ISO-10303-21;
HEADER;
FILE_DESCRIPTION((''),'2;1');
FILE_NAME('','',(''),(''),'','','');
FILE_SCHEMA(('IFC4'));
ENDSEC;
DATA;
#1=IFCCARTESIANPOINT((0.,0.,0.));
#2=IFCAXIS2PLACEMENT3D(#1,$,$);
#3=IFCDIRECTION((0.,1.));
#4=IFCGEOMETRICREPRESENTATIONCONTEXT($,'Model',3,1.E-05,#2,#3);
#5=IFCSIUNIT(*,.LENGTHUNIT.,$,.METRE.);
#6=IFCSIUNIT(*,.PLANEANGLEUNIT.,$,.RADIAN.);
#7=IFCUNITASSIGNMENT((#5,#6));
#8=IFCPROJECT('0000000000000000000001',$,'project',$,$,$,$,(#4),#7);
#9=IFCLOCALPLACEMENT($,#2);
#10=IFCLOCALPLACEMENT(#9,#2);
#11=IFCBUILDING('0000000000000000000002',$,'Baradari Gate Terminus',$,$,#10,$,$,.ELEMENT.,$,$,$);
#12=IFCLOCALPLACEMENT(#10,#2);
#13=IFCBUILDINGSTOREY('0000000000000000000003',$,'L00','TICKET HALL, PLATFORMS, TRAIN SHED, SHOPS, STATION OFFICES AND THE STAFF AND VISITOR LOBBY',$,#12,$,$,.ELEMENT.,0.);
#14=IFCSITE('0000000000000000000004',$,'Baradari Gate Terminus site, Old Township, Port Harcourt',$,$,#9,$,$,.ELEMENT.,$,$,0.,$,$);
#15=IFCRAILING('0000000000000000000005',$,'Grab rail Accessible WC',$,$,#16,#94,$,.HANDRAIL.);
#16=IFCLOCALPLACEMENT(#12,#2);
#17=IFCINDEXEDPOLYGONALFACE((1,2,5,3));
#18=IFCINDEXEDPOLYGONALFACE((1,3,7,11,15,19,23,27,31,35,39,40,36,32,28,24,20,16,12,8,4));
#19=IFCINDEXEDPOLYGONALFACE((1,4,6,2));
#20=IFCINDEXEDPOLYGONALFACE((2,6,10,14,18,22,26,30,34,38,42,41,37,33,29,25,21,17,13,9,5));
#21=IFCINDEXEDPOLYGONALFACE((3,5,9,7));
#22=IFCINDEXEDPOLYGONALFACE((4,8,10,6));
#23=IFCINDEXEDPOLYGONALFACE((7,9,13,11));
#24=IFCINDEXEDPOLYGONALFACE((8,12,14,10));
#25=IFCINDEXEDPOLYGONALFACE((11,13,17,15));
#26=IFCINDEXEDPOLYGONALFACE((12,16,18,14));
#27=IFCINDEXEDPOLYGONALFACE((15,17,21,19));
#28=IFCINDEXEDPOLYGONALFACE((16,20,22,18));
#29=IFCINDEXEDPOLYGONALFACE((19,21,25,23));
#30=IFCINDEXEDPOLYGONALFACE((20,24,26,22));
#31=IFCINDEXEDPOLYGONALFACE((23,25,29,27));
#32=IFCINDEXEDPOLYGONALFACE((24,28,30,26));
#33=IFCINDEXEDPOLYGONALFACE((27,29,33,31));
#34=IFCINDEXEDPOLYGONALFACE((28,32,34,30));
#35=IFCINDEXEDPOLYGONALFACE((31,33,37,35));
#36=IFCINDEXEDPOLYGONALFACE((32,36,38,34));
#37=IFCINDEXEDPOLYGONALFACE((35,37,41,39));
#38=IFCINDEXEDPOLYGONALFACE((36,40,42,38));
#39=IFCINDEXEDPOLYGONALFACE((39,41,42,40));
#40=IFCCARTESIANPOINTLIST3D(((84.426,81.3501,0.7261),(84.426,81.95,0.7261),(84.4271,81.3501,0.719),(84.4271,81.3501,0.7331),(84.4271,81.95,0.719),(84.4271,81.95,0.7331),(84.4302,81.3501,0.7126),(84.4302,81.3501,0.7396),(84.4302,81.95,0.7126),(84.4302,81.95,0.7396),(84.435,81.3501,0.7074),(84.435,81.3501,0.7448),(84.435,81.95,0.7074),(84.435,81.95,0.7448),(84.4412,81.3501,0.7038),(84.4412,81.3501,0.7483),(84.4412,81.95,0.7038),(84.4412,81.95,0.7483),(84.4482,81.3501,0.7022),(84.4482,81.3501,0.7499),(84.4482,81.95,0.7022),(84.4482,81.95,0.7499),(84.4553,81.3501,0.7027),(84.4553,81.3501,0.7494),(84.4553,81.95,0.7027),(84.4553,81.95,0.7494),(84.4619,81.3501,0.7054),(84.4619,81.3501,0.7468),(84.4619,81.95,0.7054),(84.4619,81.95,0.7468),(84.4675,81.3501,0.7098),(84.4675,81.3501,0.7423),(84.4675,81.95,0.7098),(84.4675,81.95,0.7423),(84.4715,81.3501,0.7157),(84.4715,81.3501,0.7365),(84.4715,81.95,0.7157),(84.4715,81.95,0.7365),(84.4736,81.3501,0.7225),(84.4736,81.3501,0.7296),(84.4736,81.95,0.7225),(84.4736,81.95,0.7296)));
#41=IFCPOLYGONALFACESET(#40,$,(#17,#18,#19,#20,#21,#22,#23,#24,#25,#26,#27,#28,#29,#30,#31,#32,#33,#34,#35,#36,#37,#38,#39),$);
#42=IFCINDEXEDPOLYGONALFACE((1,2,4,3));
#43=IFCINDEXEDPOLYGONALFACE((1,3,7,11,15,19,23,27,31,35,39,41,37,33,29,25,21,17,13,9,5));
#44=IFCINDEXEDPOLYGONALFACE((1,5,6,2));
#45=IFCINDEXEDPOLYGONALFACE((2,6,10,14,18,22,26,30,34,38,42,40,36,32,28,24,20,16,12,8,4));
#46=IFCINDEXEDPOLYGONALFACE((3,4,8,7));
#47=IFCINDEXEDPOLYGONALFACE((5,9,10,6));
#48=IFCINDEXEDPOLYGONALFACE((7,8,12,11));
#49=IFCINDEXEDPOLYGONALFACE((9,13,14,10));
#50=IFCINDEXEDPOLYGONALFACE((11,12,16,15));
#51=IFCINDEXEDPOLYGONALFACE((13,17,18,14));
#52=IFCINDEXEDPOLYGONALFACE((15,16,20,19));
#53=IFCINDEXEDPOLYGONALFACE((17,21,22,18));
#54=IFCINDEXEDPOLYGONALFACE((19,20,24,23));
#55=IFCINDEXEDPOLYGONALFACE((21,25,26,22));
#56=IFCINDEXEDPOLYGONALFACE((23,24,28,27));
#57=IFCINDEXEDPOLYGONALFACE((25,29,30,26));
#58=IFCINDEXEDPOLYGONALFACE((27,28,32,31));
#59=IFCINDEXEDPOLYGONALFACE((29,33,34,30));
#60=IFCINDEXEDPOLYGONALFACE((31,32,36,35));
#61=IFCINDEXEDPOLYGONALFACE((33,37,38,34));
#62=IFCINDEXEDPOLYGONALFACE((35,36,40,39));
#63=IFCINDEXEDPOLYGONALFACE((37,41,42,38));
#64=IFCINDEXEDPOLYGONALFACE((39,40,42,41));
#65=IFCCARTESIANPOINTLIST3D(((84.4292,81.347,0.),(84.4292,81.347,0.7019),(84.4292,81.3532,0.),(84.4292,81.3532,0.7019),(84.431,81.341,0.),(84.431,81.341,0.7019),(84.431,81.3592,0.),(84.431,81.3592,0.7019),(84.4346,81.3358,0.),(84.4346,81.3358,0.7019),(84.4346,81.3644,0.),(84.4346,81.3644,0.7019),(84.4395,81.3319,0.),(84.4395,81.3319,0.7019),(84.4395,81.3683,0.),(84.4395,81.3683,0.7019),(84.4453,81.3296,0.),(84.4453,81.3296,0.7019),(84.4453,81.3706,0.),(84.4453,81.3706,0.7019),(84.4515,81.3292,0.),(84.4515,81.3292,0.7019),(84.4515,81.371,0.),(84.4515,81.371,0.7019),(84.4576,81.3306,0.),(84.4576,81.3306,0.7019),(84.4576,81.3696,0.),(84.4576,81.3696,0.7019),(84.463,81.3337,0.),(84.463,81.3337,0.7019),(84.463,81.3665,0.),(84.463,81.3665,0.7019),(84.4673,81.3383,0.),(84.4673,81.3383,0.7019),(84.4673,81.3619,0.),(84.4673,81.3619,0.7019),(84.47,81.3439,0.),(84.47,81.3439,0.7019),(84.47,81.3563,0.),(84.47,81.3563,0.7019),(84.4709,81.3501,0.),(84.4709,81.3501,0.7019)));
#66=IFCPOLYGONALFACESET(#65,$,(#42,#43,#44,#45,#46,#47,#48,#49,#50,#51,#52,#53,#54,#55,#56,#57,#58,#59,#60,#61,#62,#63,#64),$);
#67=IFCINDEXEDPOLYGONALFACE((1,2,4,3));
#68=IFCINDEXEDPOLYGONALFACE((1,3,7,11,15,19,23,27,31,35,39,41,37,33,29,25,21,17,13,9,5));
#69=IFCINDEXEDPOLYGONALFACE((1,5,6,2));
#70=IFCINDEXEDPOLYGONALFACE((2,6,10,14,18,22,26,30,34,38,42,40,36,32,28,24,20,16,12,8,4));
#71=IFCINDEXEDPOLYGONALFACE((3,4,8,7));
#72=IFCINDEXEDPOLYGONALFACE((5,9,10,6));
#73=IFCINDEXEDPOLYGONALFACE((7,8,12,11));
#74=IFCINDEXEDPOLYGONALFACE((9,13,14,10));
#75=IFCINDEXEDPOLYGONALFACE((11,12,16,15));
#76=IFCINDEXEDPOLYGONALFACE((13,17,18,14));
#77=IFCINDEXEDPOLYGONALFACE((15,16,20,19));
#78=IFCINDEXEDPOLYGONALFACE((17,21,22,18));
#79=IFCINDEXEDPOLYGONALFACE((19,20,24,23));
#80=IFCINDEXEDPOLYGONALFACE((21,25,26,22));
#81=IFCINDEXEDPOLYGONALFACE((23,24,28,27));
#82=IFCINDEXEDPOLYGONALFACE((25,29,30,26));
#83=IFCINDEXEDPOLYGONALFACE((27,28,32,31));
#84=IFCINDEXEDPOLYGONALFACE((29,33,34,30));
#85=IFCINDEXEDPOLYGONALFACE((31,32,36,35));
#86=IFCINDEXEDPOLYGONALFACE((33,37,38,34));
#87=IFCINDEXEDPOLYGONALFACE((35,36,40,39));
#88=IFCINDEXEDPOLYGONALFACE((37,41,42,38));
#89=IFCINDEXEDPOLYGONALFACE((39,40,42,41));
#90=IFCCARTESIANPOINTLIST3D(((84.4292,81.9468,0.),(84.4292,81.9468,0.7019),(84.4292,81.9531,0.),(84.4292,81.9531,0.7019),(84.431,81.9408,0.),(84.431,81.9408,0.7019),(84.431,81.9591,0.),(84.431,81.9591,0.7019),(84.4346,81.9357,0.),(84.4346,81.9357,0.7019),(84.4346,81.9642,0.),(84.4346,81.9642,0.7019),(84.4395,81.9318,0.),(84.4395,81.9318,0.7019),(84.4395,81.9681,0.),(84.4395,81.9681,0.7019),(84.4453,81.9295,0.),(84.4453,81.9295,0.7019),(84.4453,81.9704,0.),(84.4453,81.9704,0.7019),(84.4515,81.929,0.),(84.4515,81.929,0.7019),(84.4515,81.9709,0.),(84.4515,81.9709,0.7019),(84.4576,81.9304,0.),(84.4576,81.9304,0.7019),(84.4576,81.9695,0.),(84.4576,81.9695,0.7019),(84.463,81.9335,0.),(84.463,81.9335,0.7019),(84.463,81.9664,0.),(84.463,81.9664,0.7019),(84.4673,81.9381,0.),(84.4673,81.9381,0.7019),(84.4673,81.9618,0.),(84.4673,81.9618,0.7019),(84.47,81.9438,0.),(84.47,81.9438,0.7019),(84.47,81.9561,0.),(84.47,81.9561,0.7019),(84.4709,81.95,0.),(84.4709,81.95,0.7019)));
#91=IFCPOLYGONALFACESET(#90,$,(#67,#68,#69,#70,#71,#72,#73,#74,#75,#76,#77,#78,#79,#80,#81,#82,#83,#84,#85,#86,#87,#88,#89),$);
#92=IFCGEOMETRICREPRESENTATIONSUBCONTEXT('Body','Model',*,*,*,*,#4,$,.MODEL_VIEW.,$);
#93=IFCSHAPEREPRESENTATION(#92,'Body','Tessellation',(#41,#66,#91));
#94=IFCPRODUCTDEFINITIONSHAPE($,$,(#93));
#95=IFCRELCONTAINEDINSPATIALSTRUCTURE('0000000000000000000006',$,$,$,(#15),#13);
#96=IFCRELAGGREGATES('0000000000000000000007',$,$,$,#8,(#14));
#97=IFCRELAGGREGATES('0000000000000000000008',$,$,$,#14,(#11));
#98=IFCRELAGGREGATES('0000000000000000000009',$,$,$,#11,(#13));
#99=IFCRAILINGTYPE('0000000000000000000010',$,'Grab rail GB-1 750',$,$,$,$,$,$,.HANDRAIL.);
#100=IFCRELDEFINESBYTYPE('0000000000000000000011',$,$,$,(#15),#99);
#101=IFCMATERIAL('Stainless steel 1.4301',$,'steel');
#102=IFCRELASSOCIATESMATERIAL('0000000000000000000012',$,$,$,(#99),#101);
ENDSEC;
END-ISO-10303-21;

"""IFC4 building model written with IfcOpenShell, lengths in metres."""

from ifc_helpers import new_model, si_unit, direction, frame, origin, origin_2d, place, context, subcontext, project, spatial, circle, extrude, material, type_object, element, save


model = new_model("IFC4")

# Units and contexts
model_context = context("Model", 3, precision=1e-05, world=origin(), true_north=direction((0.0, 1.0)))
body_context = subcontext(model_context, "Body", "Model", "MODEL_VIEW")
ifc_project = project(units=[si_unit("LENGTHUNIT", "METRE"), si_unit("PLANEANGLEUNIT", "RADIAN")], contexts=[model_context])

# Site, building, storey
site_placement = place(None, origin())
site = spatial("IfcSite", under=ifc_project, at=site_placement, Name="Baradari Gate Terminus site, Old Township, Port Harcourt", CompositionType="ELEMENT", RefElevation=0.0)
building_placement = place(site_placement, origin())
building = spatial("IfcBuilding", under=site, at=building_placement, Name="Baradari Gate Terminus", CompositionType="ELEMENT")
storey_placement = place(building_placement, origin())
storey = spatial("IfcBuildingStorey", under=building, at=storey_placement, Name="L00", Description="TICKET HALL, PLATFORMS, TRAIN SHED, SHOPS, STATION OFFICES AND THE STAFF AND VISITOR LOBBY", CompositionType="ELEMENT", Elevation=0.0)

# Railing
ifc_material_1 = material(Name="Stainless steel 1.4301", Category="steel")
railing_type_1 = type_object("IfcRailingType", Name="Grab rail GB-1 750", PredefinedType="HANDRAIL", material=ifc_material_1)
for number, where, name in (
    (1, (84.45, 81.3501, 0.0), "Grab rail Accessible WC"),
):
    element("IfcRailing", number, at=place(storey_placement, frame(where)), inside=storey, type_object=railing_type_1, Name=name, PredefinedType="HANDRAIL", context=body_context, shape_type="SweptSolid", body=[
        extrude(circle(Radius=0.0239, at=origin_2d()), frame((0.0, 0.0, 0.7261), z_axis=(0.0, 1.0, 0.0), x_axis=(-1.0, 0.0, 0.0)), (0.0, 0.0, 1.0), 0.5999),
        extrude(circle(Radius=0.021, at=origin_2d()), origin(), (0.0, 0.0, 1.0), 0.7019),
        extrude(circle(Radius=0.021, at=origin_2d()), frame((0.0, 0.5999, 0.0)), (0.0, 0.0, 1.0), 0.7019),
    ])

save(model, "model.ifc")
